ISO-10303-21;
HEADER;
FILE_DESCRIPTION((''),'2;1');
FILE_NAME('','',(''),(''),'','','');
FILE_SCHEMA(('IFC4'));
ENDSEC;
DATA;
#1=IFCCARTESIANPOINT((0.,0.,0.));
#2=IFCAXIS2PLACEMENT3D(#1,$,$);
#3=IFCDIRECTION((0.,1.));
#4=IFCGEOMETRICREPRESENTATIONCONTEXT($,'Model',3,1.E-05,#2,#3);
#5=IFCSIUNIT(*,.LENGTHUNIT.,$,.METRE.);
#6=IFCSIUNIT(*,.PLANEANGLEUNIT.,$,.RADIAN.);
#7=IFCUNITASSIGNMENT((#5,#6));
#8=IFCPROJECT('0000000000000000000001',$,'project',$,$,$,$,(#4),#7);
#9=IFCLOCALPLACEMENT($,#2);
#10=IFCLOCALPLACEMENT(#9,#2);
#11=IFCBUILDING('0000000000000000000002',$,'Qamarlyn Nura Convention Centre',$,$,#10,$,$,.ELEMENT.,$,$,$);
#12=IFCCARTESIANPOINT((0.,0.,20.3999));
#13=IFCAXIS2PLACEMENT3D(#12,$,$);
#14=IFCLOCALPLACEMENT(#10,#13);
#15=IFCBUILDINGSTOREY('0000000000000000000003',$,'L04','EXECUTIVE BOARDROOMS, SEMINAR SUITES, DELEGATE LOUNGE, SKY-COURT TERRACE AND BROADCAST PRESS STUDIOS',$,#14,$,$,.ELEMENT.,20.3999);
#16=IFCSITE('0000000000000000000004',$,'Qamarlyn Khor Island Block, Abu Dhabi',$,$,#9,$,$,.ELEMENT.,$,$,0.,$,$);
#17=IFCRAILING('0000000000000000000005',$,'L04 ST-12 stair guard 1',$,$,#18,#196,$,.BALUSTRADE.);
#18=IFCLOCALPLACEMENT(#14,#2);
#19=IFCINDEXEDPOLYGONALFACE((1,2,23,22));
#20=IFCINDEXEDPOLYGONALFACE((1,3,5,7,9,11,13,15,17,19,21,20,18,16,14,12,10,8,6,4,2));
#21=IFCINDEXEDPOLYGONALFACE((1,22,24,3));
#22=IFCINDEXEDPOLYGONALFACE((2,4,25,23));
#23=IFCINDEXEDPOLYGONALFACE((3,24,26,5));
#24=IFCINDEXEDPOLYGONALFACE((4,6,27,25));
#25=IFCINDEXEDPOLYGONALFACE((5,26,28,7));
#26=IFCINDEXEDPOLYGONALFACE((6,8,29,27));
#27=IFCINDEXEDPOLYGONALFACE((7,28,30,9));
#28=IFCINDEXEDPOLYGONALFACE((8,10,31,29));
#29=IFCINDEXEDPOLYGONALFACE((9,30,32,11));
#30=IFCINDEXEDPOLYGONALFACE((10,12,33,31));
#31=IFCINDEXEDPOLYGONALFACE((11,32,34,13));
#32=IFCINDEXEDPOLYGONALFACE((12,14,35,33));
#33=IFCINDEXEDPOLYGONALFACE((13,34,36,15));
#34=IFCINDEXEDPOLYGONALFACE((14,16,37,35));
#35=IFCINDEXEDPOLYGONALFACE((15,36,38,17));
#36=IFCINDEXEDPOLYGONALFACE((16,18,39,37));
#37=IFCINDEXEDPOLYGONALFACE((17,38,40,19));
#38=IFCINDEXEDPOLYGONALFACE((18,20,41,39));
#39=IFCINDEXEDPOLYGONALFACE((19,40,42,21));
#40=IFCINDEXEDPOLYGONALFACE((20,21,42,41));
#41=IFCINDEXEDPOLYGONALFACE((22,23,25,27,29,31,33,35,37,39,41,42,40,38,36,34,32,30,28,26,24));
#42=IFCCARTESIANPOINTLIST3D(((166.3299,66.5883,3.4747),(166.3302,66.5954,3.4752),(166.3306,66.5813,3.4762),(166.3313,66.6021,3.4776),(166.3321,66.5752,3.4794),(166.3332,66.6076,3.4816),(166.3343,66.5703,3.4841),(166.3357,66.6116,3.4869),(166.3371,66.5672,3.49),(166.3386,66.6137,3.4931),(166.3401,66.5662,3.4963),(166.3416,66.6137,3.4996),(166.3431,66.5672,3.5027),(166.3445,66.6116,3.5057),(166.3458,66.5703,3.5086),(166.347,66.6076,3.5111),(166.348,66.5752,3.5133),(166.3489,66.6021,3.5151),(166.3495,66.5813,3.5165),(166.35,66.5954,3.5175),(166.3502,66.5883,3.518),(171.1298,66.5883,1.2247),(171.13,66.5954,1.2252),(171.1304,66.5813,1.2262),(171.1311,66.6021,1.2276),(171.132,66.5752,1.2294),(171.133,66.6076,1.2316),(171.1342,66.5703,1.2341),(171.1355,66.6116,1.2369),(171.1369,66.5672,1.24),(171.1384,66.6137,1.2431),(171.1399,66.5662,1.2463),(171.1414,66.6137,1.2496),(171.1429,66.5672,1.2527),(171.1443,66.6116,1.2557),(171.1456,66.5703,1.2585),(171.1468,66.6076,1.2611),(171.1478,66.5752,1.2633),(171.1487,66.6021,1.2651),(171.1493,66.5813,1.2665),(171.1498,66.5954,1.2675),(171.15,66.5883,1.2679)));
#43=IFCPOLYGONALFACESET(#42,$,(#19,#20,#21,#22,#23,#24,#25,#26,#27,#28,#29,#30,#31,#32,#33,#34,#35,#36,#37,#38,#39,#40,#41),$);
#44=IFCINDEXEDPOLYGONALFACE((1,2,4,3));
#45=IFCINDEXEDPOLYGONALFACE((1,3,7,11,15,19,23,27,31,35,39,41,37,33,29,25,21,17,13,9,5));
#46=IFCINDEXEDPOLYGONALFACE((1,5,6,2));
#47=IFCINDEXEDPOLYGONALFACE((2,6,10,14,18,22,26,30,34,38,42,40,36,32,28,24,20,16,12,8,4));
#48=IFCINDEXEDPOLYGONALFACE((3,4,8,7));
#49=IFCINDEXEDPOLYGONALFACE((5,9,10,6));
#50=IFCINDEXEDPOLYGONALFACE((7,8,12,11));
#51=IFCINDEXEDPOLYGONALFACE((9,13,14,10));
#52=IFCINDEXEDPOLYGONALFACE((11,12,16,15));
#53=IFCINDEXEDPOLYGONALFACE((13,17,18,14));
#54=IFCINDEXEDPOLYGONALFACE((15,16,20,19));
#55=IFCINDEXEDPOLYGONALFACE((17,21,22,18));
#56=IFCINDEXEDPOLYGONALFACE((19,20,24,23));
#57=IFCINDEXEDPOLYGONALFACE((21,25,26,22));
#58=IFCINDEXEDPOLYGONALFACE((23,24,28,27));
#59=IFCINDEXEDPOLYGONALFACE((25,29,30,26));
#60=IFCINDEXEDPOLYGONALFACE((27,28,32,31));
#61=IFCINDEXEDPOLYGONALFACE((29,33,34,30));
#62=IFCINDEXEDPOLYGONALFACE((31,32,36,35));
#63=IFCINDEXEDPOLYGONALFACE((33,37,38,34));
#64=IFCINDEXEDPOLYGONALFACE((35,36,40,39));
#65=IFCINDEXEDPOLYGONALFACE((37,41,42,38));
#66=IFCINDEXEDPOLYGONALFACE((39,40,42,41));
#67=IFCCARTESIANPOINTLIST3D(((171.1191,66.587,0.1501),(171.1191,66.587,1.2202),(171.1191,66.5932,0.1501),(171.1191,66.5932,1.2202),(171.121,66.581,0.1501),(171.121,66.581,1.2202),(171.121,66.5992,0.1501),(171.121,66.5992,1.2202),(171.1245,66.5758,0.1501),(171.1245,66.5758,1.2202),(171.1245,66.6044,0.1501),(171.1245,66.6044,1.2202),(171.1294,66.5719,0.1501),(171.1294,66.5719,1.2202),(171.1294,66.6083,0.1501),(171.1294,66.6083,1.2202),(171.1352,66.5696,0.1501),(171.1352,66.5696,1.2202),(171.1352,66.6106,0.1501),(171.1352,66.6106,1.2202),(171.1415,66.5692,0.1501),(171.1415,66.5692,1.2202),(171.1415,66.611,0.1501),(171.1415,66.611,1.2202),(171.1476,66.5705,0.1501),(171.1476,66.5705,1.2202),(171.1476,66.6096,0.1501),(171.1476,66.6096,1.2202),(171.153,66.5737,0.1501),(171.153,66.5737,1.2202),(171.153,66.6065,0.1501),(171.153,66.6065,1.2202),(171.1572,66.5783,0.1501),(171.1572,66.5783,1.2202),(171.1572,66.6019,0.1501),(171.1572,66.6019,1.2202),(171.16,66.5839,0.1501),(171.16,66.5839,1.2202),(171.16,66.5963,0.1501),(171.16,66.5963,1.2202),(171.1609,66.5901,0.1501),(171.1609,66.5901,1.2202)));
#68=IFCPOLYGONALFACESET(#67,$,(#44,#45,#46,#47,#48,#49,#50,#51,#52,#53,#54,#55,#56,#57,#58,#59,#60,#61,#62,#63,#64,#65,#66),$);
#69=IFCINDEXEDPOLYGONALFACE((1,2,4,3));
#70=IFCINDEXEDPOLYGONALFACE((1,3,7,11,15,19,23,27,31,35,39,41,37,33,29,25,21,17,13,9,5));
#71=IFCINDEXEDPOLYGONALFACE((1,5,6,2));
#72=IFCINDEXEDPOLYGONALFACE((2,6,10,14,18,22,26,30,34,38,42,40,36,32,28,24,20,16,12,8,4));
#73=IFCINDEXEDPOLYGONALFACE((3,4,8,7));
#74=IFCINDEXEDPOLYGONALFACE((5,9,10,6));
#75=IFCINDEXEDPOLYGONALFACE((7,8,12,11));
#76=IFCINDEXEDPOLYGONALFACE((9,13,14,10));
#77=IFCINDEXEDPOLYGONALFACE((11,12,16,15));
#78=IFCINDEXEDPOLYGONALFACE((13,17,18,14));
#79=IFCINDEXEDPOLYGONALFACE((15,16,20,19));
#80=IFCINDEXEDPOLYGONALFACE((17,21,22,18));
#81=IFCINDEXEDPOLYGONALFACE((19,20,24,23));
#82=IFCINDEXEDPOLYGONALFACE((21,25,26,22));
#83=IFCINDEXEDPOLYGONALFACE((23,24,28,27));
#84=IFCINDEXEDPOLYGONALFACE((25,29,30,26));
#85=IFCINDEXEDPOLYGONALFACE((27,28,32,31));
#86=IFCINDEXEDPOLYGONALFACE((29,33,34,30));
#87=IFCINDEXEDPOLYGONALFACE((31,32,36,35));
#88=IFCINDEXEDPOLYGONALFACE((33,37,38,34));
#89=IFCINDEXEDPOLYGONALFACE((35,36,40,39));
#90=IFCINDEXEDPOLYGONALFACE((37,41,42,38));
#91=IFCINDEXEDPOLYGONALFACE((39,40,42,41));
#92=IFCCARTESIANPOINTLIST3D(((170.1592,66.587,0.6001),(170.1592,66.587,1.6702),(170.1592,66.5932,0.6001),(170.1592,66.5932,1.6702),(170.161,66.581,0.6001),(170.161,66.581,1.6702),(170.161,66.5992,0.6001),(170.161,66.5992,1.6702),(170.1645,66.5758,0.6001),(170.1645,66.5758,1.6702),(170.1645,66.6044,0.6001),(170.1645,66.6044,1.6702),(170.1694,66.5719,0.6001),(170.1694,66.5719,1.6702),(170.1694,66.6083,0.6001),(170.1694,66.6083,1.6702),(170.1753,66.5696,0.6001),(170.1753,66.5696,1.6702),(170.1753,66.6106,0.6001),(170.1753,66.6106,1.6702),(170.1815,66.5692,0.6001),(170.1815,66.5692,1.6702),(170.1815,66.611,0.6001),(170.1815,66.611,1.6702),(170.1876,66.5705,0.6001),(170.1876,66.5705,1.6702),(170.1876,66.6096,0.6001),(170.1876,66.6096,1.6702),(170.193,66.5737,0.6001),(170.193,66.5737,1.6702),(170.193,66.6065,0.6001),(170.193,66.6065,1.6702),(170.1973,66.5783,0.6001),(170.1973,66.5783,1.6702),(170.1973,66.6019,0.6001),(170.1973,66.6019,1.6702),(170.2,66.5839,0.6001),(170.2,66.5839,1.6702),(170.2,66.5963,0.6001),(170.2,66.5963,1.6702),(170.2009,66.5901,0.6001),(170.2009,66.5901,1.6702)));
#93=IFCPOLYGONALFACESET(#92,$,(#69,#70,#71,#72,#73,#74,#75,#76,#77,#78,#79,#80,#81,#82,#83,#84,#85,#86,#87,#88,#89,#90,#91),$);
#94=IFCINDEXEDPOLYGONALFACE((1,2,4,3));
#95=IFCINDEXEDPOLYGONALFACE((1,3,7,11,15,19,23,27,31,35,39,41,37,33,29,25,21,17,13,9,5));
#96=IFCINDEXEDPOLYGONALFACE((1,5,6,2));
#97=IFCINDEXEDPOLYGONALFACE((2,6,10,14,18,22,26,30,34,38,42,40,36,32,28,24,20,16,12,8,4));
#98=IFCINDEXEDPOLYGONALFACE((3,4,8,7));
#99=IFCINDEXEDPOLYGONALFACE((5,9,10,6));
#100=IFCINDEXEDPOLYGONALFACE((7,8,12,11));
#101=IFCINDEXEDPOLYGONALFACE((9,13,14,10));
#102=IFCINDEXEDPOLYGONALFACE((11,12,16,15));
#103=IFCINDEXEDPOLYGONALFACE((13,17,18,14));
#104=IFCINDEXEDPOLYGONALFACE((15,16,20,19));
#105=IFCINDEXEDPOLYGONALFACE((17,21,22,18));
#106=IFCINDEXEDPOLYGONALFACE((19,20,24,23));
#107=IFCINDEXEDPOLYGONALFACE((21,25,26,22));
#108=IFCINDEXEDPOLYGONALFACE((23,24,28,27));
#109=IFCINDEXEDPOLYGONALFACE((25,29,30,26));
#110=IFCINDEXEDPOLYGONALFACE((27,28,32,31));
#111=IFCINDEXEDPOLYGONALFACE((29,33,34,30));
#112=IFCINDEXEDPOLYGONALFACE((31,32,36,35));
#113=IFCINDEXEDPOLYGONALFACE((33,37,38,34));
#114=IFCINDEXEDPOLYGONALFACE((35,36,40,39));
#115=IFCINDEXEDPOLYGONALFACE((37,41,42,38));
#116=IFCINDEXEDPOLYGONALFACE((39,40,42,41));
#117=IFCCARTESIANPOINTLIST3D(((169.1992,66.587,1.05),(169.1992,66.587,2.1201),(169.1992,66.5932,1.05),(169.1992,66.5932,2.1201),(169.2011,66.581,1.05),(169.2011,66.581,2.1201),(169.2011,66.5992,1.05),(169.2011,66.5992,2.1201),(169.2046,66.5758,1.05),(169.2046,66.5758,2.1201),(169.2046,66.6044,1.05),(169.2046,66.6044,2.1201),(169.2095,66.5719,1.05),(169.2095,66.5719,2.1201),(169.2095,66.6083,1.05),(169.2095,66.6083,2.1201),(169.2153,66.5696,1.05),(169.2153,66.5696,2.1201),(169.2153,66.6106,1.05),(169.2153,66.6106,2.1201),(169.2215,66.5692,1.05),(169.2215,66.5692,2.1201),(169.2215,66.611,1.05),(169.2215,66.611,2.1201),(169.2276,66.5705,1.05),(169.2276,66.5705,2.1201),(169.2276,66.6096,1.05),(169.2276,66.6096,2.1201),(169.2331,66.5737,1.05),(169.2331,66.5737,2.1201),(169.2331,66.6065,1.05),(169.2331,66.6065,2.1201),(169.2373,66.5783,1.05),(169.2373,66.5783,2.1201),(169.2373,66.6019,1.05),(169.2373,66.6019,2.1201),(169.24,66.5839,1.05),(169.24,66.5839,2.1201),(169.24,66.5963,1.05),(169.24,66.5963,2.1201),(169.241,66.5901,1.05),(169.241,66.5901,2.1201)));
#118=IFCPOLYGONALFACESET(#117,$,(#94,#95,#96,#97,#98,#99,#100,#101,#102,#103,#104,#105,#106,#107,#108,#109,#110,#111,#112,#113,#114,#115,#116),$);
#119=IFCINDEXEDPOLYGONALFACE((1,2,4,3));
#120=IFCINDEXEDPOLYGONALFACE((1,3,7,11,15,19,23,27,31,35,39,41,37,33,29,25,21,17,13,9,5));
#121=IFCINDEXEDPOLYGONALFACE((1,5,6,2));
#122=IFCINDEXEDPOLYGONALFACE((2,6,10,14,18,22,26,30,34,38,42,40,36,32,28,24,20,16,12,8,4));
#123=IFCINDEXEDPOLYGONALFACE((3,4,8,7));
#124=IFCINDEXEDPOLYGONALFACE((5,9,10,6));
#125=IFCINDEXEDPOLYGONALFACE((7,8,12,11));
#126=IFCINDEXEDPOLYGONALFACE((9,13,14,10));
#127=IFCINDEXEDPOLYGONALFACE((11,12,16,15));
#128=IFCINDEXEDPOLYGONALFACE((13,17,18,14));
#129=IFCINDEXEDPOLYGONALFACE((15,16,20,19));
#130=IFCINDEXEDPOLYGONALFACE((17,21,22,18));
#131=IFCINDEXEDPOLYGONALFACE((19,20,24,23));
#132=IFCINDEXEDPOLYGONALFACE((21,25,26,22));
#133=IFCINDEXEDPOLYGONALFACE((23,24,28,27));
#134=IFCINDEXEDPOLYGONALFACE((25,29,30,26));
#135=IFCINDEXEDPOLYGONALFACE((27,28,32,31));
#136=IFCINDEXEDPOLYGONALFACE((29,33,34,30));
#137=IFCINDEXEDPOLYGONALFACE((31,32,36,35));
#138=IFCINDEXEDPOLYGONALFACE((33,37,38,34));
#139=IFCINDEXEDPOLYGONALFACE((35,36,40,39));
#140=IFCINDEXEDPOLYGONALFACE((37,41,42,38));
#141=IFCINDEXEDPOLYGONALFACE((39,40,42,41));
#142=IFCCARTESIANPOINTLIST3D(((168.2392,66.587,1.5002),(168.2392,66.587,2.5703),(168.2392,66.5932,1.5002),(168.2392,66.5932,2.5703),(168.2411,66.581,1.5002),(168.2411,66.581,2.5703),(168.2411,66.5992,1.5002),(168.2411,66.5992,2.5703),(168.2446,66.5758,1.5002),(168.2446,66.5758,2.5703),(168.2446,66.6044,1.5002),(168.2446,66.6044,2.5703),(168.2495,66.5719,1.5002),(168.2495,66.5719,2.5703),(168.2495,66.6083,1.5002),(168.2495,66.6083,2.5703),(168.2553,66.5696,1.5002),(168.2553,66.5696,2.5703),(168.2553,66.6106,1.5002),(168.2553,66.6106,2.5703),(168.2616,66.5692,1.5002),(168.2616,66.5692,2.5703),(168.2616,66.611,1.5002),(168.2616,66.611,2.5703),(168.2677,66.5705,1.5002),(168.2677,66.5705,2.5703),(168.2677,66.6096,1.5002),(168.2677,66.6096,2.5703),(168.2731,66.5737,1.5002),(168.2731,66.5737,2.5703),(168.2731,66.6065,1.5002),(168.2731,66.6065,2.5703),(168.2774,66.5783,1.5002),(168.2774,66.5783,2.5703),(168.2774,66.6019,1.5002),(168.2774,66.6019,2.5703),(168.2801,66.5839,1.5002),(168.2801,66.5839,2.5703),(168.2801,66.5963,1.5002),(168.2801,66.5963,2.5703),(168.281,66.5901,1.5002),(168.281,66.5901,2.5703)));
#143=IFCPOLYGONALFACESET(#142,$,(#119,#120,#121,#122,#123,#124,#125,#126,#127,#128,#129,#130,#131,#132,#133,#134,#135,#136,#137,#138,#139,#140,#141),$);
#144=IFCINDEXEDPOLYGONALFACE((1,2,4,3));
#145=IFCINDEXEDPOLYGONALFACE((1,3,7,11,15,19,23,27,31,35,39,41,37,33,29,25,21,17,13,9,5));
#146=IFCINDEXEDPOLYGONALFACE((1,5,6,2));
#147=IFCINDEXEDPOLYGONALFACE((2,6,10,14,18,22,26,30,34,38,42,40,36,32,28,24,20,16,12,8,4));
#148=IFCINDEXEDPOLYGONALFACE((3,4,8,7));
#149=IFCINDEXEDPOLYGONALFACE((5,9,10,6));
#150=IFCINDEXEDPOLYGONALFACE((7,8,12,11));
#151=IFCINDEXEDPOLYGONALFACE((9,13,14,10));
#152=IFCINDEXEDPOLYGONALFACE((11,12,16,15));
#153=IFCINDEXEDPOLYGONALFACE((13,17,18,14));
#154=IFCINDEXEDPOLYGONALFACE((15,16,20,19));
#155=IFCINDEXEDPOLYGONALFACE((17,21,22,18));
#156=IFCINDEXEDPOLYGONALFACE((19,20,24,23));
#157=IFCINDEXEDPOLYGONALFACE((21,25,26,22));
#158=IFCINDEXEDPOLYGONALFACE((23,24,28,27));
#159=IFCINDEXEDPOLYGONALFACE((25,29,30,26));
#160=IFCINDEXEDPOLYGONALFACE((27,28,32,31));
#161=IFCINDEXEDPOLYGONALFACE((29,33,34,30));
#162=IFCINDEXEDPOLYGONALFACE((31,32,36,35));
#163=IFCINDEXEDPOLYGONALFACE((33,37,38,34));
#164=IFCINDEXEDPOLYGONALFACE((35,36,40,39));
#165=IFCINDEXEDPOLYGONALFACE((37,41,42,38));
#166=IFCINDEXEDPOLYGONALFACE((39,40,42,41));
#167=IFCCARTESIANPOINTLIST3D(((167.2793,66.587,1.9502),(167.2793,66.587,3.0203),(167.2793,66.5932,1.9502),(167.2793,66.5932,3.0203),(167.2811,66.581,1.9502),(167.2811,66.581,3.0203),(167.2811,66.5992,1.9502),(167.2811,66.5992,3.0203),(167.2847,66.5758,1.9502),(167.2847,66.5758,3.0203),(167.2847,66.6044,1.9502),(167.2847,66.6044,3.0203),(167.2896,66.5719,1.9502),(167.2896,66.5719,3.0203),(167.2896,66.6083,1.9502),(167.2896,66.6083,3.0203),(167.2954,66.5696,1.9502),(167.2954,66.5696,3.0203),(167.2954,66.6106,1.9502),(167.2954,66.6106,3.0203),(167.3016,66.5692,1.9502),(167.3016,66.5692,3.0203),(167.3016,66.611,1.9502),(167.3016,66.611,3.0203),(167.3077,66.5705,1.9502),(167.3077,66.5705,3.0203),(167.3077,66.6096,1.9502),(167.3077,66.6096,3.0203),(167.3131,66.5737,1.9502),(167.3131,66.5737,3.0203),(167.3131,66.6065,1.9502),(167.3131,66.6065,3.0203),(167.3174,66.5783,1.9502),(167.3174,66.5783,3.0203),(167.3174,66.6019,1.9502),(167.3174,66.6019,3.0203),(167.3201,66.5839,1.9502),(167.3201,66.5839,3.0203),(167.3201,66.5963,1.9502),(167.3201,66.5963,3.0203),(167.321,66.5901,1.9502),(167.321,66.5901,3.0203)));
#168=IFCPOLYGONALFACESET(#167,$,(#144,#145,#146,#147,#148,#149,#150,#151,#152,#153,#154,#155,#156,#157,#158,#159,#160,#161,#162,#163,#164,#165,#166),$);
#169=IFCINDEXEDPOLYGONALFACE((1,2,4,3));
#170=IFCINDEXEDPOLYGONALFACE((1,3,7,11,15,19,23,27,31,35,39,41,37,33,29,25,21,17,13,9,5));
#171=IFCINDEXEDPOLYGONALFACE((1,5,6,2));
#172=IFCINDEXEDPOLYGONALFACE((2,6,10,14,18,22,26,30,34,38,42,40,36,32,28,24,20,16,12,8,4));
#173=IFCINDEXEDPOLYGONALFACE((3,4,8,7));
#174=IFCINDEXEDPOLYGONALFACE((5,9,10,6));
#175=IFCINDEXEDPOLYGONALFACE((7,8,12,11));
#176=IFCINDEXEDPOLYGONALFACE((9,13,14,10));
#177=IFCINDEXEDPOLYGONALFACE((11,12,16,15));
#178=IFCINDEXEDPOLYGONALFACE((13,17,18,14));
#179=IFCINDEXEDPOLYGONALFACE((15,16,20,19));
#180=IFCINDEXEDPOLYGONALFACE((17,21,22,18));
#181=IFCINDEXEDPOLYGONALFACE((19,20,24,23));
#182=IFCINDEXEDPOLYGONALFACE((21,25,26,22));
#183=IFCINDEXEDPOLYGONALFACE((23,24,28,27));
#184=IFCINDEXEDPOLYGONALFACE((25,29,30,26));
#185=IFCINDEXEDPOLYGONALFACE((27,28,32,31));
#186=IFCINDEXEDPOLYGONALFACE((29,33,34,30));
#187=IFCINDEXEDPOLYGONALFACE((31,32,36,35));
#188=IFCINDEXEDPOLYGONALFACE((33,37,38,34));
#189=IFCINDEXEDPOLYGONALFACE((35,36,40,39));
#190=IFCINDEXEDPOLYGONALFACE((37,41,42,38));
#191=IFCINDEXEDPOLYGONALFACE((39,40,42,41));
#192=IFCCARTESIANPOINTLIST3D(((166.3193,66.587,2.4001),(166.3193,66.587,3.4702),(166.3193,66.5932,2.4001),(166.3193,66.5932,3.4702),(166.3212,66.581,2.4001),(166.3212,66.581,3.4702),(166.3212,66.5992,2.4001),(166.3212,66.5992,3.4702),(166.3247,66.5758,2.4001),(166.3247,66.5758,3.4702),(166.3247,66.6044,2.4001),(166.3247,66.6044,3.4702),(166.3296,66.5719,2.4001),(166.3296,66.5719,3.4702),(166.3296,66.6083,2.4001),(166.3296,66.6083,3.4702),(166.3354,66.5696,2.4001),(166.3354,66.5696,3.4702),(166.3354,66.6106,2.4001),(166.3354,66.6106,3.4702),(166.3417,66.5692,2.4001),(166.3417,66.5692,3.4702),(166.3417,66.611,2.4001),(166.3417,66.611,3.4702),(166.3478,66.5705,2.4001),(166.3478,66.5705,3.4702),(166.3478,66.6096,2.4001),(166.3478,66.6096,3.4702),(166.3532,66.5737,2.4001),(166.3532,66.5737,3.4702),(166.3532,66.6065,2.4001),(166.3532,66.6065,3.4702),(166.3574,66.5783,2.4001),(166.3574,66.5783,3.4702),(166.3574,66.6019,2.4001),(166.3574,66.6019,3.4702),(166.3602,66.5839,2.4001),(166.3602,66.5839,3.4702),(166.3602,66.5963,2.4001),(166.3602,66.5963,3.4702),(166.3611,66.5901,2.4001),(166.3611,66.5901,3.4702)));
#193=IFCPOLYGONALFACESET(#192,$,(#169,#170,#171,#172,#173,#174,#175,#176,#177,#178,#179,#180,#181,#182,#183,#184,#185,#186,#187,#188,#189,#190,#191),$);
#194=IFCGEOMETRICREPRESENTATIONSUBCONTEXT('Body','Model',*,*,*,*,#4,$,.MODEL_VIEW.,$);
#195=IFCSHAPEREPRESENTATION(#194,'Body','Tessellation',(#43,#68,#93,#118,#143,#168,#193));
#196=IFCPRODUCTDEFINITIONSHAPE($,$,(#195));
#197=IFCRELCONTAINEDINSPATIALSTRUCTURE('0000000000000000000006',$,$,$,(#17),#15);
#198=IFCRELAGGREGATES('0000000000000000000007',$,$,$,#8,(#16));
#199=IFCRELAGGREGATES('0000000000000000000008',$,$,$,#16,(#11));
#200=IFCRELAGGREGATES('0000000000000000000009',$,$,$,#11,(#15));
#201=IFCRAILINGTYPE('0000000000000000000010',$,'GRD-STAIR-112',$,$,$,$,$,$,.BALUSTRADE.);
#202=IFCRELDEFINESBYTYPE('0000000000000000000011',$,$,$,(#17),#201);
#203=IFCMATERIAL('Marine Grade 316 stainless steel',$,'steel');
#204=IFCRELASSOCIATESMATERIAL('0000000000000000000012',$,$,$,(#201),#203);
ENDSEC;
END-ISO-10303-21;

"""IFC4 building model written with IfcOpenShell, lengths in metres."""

from ifc_helpers import new_model, si_unit, direction, frame, origin, origin_2d, place, context, subcontext, project, spatial, circle, extrude, material, type_object, element, save


model = new_model("IFC4")

# Units and contexts
model_context = context("Model", 3, precision=1e-05, world=origin(), true_north=direction((0.0, 1.0)))
body_context = subcontext(model_context, "Body", "Model", "MODEL_VIEW")
ifc_project = project(units=[si_unit("LENGTHUNIT", "METRE"), si_unit("PLANEANGLEUNIT", "RADIAN")], contexts=[model_context])

# Site, building, storey
site_placement = place(None, origin())
site = spatial("IfcSite", under=ifc_project, at=site_placement, Name="Qamarlyn Khor Island Block, Abu Dhabi", CompositionType="ELEMENT", RefElevation=0.0)
building_placement = place(site_placement, origin())
building = spatial("IfcBuilding", under=site, at=building_placement, Name="Qamarlyn Nura Convention Centre", CompositionType="ELEMENT")
storey_placement = place(building_placement, frame((0.0, 0.0, 20.3999)))
storey = spatial("IfcBuildingStorey", under=building, at=storey_placement, Name="L04", Description="EXECUTIVE BOARDROOMS, SEMINAR SUITES, DELEGATE LOUNGE, SKY-COURT TERRACE AND BROADCAST PRESS STUDIOS", CompositionType="ELEMENT", Elevation=20.3999)

# Railing
ifc_material_1 = material(Name="Marine Grade 316 stainless steel", Category="steel")
railing_type_1 = type_object("IfcRailingType", Name="GRD-STAIR-112", PredefinedType="BALUSTRADE", material=ifc_material_1)
railing_1_placement = place(storey_placement, frame((171.1399, 66.5901, 0.1501)))
element("IfcRailing", 1, at=railing_1_placement, inside=storey, type_object=railing_type_1, Name="L04 ST-12 stair guard 1", PredefinedType="BALUSTRADE", context=body_context, shape_type="SweptSolid", body=[
    extrude(circle(Radius=0.0239, at=origin_2d()), frame((0.0, 0.0, 1.0962), z_axis=(-0.905452, 0.0, 0.424448), x_axis=(0.0, -1.0, 0.0)), (0.0, 0.0, 1.0), 5.301),
    extrude(circle(Radius=0.021, at=origin_2d()), origin(), (0.0, 0.0, 1.0), 1.0701),
    extrude(circle(Radius=0.021, at=origin_2d()), frame((-0.96, 0.0, 0.45)), (0.0, 0.0, 1.0), 1.0701),
    extrude(circle(Radius=0.021, at=origin_2d()), frame((-1.9199, 0.0, 0.8999)), (0.0, 0.0, 1.0), 1.0701),
    extrude(circle(Radius=0.021, at=origin_2d()), frame((-2.8799, 0.0, 1.3501)), (0.0, 0.0, 1.0), 1.0701),
    extrude(circle(Radius=0.021, at=origin_2d()), frame((-3.8398, 0.0, 1.8)), (0.0, 0.0, 1.0), 1.0701),
    extrude(circle(Radius=0.021, at=origin_2d()), frame((-4.7998, 0.0, 2.25)), (0.0, 0.0, 1.0), 1.0701),
])

save(model, "model.ifc")
